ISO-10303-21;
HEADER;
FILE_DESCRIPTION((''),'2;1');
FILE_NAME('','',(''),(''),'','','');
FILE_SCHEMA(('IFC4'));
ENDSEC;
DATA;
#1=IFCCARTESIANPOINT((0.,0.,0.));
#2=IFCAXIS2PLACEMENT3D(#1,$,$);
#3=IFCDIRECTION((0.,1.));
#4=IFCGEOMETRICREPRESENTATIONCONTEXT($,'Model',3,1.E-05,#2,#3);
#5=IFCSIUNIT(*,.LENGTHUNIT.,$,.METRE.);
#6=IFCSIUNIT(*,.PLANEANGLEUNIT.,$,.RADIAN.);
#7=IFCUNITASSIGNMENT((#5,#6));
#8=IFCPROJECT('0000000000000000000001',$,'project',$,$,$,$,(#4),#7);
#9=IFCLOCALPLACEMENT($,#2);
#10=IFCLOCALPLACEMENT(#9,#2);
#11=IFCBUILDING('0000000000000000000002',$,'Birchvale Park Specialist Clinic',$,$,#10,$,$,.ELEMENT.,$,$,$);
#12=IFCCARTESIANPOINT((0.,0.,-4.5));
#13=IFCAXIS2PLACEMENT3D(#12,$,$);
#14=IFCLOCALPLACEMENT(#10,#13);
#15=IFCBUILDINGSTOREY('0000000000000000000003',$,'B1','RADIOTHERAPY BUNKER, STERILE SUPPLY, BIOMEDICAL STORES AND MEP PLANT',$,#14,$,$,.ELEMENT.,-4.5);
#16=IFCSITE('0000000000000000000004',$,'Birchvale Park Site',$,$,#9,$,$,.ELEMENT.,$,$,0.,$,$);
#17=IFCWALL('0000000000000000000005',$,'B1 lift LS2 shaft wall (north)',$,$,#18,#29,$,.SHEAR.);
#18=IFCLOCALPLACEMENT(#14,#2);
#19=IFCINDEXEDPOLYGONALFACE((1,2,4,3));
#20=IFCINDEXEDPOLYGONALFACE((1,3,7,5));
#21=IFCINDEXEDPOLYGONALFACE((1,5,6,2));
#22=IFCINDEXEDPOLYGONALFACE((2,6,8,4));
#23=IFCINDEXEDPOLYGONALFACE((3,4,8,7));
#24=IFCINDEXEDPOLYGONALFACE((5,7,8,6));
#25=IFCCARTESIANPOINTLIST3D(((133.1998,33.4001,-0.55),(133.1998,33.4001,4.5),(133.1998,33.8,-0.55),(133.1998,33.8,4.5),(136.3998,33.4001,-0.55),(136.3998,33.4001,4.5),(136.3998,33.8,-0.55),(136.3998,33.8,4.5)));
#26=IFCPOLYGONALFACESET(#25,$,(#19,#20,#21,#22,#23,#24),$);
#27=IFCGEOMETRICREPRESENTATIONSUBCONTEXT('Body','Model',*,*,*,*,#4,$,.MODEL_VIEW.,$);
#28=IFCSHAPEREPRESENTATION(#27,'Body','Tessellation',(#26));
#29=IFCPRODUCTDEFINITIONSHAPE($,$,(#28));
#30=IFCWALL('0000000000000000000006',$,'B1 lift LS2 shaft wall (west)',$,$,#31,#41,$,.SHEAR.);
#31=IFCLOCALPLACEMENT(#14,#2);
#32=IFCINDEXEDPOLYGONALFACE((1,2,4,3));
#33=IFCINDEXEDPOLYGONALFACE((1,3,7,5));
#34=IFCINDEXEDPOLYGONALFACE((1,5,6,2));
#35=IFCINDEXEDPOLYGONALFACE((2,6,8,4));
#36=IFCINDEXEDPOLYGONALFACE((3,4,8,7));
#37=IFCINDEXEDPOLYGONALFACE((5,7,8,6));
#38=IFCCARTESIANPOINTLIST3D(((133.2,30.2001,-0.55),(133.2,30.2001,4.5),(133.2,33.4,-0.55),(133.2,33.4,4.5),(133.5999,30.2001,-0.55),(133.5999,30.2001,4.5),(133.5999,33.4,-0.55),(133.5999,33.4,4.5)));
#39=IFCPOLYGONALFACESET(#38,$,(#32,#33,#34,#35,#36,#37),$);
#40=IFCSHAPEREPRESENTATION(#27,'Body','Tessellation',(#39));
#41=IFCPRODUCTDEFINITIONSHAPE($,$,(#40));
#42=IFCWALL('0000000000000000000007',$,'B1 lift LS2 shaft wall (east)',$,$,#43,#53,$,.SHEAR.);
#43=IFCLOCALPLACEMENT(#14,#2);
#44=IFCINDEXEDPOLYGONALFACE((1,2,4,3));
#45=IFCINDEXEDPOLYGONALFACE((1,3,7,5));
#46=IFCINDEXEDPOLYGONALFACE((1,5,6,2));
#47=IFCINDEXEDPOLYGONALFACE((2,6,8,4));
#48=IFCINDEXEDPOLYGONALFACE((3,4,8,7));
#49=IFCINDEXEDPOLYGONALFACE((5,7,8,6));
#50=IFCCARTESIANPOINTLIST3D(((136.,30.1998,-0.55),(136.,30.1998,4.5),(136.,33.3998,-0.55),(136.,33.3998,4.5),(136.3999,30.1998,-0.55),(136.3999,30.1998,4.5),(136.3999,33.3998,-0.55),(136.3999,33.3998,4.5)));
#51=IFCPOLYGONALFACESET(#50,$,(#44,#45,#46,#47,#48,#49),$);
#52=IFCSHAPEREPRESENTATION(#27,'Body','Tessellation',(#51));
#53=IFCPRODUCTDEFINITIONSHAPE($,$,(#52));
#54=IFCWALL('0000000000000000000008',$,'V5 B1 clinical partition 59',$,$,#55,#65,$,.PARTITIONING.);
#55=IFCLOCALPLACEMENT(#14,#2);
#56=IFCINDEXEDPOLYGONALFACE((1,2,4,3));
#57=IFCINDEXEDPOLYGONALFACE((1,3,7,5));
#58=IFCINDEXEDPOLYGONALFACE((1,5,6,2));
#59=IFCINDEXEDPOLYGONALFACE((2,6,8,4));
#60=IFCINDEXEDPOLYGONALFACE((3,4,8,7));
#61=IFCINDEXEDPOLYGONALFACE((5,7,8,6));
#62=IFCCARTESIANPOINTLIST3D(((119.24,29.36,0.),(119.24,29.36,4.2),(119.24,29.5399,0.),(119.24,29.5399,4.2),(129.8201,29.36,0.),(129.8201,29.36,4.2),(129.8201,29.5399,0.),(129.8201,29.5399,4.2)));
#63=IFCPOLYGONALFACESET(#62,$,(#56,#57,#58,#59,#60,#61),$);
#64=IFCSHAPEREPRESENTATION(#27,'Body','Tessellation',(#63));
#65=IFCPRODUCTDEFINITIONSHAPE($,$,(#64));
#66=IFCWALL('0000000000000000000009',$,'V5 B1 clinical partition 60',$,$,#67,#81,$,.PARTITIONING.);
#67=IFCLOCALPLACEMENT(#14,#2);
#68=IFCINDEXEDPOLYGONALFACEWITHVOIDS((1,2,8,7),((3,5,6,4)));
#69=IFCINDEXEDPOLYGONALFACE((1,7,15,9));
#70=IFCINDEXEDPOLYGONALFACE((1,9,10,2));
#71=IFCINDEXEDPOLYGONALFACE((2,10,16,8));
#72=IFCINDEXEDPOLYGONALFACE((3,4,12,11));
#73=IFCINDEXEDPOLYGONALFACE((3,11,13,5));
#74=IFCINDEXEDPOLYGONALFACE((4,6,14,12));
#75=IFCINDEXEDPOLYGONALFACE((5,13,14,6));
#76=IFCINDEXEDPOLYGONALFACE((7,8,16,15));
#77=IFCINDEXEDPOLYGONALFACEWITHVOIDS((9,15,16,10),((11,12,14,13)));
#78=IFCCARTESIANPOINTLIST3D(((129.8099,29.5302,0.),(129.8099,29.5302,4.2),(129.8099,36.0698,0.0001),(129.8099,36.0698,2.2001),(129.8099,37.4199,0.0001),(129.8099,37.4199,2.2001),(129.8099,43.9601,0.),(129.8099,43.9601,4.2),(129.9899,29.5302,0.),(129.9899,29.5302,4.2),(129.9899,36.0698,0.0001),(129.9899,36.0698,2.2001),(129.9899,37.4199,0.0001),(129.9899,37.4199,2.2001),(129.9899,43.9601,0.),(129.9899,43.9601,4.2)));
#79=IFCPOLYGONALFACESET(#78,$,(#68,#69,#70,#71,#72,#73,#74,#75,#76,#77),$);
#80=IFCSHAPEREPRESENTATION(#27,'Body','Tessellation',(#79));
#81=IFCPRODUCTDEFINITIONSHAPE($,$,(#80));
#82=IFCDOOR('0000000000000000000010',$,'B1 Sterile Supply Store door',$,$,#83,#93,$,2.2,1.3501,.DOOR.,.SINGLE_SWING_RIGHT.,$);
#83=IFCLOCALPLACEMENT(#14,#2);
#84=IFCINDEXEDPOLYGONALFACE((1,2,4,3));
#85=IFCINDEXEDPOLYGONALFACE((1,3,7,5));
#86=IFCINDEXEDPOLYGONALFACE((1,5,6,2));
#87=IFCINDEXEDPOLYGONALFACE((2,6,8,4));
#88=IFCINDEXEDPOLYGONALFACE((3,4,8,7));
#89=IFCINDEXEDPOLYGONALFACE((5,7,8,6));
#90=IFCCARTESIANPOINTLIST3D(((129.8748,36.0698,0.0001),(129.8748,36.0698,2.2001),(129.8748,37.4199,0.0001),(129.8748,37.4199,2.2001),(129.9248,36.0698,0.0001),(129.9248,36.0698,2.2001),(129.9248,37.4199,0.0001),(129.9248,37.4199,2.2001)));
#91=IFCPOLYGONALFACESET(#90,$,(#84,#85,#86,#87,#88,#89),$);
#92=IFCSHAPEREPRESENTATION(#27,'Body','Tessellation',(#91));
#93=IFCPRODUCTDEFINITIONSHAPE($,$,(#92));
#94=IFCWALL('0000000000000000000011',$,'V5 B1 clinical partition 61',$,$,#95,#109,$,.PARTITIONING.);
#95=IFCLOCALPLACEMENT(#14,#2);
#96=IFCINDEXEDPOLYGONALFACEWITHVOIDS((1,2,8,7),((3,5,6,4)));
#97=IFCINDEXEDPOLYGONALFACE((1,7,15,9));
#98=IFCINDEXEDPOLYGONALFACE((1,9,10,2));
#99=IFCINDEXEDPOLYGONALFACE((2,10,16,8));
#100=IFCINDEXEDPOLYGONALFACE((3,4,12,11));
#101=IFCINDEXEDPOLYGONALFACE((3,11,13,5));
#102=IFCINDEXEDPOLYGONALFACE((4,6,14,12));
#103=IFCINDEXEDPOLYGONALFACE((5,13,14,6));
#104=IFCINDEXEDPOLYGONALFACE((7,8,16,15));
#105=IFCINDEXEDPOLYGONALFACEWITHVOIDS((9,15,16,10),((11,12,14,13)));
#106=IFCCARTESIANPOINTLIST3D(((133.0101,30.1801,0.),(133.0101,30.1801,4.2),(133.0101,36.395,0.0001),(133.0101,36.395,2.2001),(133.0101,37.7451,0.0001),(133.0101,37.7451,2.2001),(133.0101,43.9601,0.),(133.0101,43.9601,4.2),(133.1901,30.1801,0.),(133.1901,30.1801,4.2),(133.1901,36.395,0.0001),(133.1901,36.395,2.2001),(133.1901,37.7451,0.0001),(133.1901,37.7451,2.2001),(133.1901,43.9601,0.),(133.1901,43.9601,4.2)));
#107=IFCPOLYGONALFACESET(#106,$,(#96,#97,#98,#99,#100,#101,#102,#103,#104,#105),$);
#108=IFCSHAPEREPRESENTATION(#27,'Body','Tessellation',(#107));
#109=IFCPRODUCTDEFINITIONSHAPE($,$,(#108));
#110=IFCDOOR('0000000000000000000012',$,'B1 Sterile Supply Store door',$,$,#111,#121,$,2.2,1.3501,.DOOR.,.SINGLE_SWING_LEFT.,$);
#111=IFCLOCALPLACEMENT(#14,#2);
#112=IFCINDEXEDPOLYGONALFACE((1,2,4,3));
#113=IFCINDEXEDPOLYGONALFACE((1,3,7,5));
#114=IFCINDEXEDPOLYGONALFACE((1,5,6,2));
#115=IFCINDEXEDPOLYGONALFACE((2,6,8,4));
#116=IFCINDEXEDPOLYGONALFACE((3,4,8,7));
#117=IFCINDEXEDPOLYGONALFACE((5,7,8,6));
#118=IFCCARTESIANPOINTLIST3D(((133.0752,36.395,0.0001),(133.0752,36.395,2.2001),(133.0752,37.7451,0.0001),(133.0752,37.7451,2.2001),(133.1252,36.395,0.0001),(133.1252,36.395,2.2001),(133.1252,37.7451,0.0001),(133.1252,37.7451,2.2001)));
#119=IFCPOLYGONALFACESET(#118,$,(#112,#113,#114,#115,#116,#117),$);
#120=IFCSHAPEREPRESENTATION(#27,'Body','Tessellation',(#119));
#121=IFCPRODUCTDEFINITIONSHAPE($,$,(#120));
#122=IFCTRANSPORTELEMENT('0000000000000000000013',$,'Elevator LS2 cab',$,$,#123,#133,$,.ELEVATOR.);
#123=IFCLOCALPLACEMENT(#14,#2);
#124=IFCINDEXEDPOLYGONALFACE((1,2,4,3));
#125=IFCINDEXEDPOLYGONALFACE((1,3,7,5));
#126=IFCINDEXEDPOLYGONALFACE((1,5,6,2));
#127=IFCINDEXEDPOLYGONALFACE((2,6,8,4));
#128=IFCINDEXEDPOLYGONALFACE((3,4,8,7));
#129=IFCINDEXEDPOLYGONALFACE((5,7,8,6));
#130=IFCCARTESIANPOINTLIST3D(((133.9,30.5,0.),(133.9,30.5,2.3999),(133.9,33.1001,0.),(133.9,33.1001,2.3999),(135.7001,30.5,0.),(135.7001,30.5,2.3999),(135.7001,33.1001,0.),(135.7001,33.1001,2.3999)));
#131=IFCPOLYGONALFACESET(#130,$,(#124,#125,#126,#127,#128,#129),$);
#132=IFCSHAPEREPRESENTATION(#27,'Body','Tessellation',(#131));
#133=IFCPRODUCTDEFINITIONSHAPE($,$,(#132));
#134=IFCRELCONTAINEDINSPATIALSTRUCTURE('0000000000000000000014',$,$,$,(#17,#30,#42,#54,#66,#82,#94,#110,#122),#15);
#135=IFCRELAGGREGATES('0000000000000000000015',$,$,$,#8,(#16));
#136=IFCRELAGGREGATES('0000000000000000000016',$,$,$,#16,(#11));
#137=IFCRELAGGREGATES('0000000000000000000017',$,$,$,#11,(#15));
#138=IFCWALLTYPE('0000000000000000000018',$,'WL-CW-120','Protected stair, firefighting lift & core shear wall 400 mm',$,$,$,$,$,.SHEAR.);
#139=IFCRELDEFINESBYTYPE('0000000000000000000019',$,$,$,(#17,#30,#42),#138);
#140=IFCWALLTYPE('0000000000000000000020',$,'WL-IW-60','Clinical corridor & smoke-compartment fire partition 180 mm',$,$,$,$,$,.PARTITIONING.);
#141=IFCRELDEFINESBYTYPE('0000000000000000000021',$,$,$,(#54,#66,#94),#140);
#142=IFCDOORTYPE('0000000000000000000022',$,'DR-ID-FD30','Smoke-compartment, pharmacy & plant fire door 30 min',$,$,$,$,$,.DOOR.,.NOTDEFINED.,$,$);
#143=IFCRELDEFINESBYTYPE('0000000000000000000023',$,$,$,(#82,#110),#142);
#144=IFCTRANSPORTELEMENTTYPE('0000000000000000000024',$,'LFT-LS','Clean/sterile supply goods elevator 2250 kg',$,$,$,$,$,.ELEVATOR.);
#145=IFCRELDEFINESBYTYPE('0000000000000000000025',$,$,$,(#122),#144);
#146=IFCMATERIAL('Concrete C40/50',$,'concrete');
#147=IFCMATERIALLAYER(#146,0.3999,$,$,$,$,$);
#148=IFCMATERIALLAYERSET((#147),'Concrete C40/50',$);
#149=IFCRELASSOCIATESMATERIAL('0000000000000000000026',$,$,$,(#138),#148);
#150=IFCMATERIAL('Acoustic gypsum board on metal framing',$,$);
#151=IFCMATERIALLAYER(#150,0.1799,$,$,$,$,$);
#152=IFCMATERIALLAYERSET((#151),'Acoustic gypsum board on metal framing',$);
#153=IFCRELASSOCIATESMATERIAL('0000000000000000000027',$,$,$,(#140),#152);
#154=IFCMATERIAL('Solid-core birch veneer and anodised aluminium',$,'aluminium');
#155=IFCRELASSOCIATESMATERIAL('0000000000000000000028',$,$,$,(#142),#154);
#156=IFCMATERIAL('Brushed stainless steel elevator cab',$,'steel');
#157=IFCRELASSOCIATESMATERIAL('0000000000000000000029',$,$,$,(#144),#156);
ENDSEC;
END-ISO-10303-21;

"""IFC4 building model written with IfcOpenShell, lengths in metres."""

from ifc_helpers import new_model, si_unit, direction, frame, frame_2d, origin, origin_2d, place, context, subcontext, project, spatial, rectangle, extrude, material, layer, layer_set, type_object, element, fill, save


model = new_model("IFC4")

# Units and contexts
model_context = context("Model", 3, precision=1e-05, world=origin(), true_north=direction((0.0, 1.0)))
body_context = subcontext(model_context, "Body", "Model", "MODEL_VIEW")
ifc_project = project(units=[si_unit("LENGTHUNIT", "METRE"), si_unit("PLANEANGLEUNIT", "RADIAN")], contexts=[model_context])

# Site, building, storey
site_placement = place(None, origin())
site = spatial("IfcSite", under=ifc_project, at=site_placement, Name="Birchvale Park Site", CompositionType="ELEMENT", RefElevation=0.0)
building_placement = place(site_placement, origin())
building = spatial("IfcBuilding", under=site, at=building_placement, Name="Birchvale Park Specialist Clinic", CompositionType="ELEMENT")
storey_placement = place(building_placement, frame((0.0, 0.0, -4.5)))
storey = spatial("IfcBuildingStorey", under=building, at=storey_placement, Name="B1", Description="RADIOTHERAPY BUNKER, STERILE SUPPLY, BIOMEDICAL STORES AND MEP PLANT", CompositionType="ELEMENT", Elevation=-4.5)

# Shared definitions
ifc_material_1 = material(Name="Concrete C40/50", Category="concrete")

# Shared definitions
ifc_layer_1 = layer(ifc_material_1, 0.3999)
ifc_layer_set_1 = layer_set([ifc_layer_1], Name="Concrete C40/50")
wall_type_1 = type_object("IfcWallType", Name="WL-CW-120", Description="Protected stair, firefighting lift & core shear wall 400 mm", PredefinedType="SHEAR", material=ifc_layer_set_1)
ifc_material_2 = material(Name="Solid-core birch veneer and anodised aluminium", Category="aluminium")

# Walls
for number, where, z_axis, x_axis, name in (
    (1, (136.3999, 33.6001, -0.55), (0.0, 0.0, 1.0), (-1.0, 0.0, 0.0), "B1 lift LS2 shaft wall (north)"),
    (2, (133.3999, 30.2, -0.55), (0.0, 0.0, 1.0), (0.0, 1.0, 0.0), "B1 lift LS2 shaft wall (west)"),
    (3, (136.2, 33.3999, -0.55), (0.0, 0.0, 1.0), (0.0, -1.0, 0.0), "B1 lift LS2 shaft wall (east)"),
):
    element("IfcWall", number, at=place(storey_placement, frame(where, z_axis=z_axis, x_axis=x_axis)), inside=storey, type_object=wall_type_1, Name=name, PredefinedType="SHEAR", context=body_context, shape_type="SweptSolid", body=[
        extrude(rectangle(XDim=3.2, YDim=0.3999, at=frame_2d((1.6001, 0.0))), origin(), (0.0, 0.0, 1.0), 5.05),
    ])
ifc_material_3 = material(Name="Acoustic gypsum board on metal framing")
ifc_layer_2 = layer(ifc_material_3, 0.1799)
ifc_layer_set_2 = layer_set([ifc_layer_2], Name="Acoustic gypsum board on metal framing")
wall_type_2 = type_object("IfcWallType", Name="WL-IW-60", Description="Clinical corridor & smoke-compartment fire partition 180 mm", PredefinedType="PARTITIONING", material=ifc_layer_set_2)
wall_1_placement = place(storey_placement, frame((129.8201, 29.45, 0.0), z_axis=(0.0, 0.0, 1.0), x_axis=(-1.0, 0.0, 0.0)))
element("IfcWall", 4, at=wall_1_placement, inside=storey, type_object=wall_type_2, Name="V5 B1 clinical partition 59", PredefinedType="PARTITIONING", context=body_context, shape_type="SweptSolid", body=[
    extrude(rectangle(XDim=10.5801, YDim=0.1799, at=frame_2d((5.29, 0.0))), origin(), (0.0, 0.0, 1.0), 4.2),
])

# Walls, openings, doors
wall_2_placement = place(storey_placement, frame((129.8999, 43.96, 0.0), z_axis=(0.0, 0.0, 1.0), x_axis=(0.0, -1.0, 0.0)))
wall_2 = element("IfcWall", 5, at=wall_2_placement, inside=storey, type_object=wall_type_2, Name="V5 B1 clinical partition 60", PredefinedType="PARTITIONING", context=body_context, shape_type="SweptSolid", body=[
    extrude(rectangle(XDim=14.4299, YDim=0.1799, at=frame_2d((7.2148, 0.0))), origin(), (0.0, 0.0, 1.0), 4.2),
])
opening_1_placement = place(wall_2_placement, frame((6.54, 0.0, 0.0)))
opening_1 = element("IfcOpeningElement", 6, at=opening_1_placement, cuts=wall_2, PredefinedType="OPENING", context=body_context, shape_type="SweptSolid", body=[
    extrude(rectangle(XDim=1.3501, YDim=2.2, at=frame_2d((0.675, 1.1001))), frame((0.0, 0.1001, 0.0), z_axis=(0.0, -1.0, 0.0), x_axis=(1.0, 0.0, 0.0)), (0.0, 0.0, 1.0), 0.2),
])
door_type_1 = type_object("IfcDoorType", Name="DR-ID-FD30", Description="Smoke-compartment, pharmacy & plant fire door 30 min", OperationType="NOTDEFINED", PredefinedType="DOOR", material=ifc_material_2)
door_1_placement = place(opening_1_placement, origin())
door_1 = element("IfcDoor", 7, at=door_1_placement, inside=storey, type_object=door_type_1, Name="B1 Sterile Supply Store door", OperationType="SINGLE_SWING_RIGHT", OverallHeight=2.2, OverallWidth=1.3501, PredefinedType="DOOR", context=body_context, shape_type="SweptSolid", body=[
    extrude(rectangle(XDim=1.3501, YDim=2.2, at=frame_2d((0.675, 1.1001))), frame((0.0, 0.0249, 0.0), z_axis=(0.0, -1.0, 0.0), x_axis=(1.0, 0.0, 0.0)), (0.0, 0.0, 1.0), 0.05),
])
fill(opening_1, door_1)
wall_3_placement = place(storey_placement, frame((133.1001, 30.1799, 0.0), z_axis=(0.0, 0.0, 1.0), x_axis=(0.0, 1.0, 0.0)))
wall_3 = element("IfcWall", 8, at=wall_3_placement, inside=storey, type_object=wall_type_2, Name="V5 B1 clinical partition 61", PredefinedType="PARTITIONING", context=body_context, shape_type="SweptSolid", body=[
    extrude(rectangle(XDim=13.78, YDim=0.1799, at=frame_2d((6.8901, 0.0))), origin(), (0.0, 0.0, 1.0), 4.2),
])
opening_2_placement = place(wall_3_placement, frame((6.2151, 0.0, 0.0)))
opening_2 = element("IfcOpeningElement", 9, at=opening_2_placement, cuts=wall_3, PredefinedType="OPENING", context=body_context, shape_type="SweptSolid", body=[
    extrude(rectangle(XDim=1.3501, YDim=2.2, at=frame_2d((0.675, 1.1001))), frame((0.0, 0.1001, 0.0), z_axis=(0.0, -1.0, 0.0), x_axis=(1.0, 0.0, 0.0)), (0.0, 0.0, 1.0), 0.2),
])
door_2_placement = place(opening_2_placement, origin())
door_2 = element("IfcDoor", 10, at=door_2_placement, inside=storey, type_object=door_type_1, Name="B1 Sterile Supply Store door", OperationType="SINGLE_SWING_LEFT", OverallHeight=2.2, OverallWidth=1.3501, PredefinedType="DOOR", context=body_context, shape_type="SweptSolid", body=[
    extrude(rectangle(XDim=1.3501, YDim=2.2, at=frame_2d((0.675, 1.1001))), frame((0.0, 0.0249, 0.0), z_axis=(0.0, -1.0, 0.0), x_axis=(1.0, 0.0, 0.0)), (0.0, 0.0, 1.0), 0.05),
])
fill(opening_2, door_2)

# Transport element
ifc_material_4 = material(Name="Brushed stainless steel elevator cab", Category="steel")
transport_element_type = type_object("IfcTransportElementType", Name="LFT-LS", Description="Clean/sterile supply goods elevator 2250 kg", PredefinedType="ELEVATOR", material=ifc_material_4)
transport_element_placement = place(storey_placement, frame((134.8, 31.8, 0.0), z_axis=(0.0, 0.0, 1.0), x_axis=(1.0, 0.0, 0.0)))
element("IfcTransportElement", 11, at=transport_element_placement, inside=storey, type_object=transport_element_type, Name="Elevator LS2 cab", PredefinedType="ELEVATOR", context=body_context, shape_type="SweptSolid", body=[
    extrude(rectangle(XDim=1.8, YDim=2.6001, at=origin_2d()), origin(), (0.0, 0.0, 1.0), 2.3999),
])

save(model, "model.ifc")
